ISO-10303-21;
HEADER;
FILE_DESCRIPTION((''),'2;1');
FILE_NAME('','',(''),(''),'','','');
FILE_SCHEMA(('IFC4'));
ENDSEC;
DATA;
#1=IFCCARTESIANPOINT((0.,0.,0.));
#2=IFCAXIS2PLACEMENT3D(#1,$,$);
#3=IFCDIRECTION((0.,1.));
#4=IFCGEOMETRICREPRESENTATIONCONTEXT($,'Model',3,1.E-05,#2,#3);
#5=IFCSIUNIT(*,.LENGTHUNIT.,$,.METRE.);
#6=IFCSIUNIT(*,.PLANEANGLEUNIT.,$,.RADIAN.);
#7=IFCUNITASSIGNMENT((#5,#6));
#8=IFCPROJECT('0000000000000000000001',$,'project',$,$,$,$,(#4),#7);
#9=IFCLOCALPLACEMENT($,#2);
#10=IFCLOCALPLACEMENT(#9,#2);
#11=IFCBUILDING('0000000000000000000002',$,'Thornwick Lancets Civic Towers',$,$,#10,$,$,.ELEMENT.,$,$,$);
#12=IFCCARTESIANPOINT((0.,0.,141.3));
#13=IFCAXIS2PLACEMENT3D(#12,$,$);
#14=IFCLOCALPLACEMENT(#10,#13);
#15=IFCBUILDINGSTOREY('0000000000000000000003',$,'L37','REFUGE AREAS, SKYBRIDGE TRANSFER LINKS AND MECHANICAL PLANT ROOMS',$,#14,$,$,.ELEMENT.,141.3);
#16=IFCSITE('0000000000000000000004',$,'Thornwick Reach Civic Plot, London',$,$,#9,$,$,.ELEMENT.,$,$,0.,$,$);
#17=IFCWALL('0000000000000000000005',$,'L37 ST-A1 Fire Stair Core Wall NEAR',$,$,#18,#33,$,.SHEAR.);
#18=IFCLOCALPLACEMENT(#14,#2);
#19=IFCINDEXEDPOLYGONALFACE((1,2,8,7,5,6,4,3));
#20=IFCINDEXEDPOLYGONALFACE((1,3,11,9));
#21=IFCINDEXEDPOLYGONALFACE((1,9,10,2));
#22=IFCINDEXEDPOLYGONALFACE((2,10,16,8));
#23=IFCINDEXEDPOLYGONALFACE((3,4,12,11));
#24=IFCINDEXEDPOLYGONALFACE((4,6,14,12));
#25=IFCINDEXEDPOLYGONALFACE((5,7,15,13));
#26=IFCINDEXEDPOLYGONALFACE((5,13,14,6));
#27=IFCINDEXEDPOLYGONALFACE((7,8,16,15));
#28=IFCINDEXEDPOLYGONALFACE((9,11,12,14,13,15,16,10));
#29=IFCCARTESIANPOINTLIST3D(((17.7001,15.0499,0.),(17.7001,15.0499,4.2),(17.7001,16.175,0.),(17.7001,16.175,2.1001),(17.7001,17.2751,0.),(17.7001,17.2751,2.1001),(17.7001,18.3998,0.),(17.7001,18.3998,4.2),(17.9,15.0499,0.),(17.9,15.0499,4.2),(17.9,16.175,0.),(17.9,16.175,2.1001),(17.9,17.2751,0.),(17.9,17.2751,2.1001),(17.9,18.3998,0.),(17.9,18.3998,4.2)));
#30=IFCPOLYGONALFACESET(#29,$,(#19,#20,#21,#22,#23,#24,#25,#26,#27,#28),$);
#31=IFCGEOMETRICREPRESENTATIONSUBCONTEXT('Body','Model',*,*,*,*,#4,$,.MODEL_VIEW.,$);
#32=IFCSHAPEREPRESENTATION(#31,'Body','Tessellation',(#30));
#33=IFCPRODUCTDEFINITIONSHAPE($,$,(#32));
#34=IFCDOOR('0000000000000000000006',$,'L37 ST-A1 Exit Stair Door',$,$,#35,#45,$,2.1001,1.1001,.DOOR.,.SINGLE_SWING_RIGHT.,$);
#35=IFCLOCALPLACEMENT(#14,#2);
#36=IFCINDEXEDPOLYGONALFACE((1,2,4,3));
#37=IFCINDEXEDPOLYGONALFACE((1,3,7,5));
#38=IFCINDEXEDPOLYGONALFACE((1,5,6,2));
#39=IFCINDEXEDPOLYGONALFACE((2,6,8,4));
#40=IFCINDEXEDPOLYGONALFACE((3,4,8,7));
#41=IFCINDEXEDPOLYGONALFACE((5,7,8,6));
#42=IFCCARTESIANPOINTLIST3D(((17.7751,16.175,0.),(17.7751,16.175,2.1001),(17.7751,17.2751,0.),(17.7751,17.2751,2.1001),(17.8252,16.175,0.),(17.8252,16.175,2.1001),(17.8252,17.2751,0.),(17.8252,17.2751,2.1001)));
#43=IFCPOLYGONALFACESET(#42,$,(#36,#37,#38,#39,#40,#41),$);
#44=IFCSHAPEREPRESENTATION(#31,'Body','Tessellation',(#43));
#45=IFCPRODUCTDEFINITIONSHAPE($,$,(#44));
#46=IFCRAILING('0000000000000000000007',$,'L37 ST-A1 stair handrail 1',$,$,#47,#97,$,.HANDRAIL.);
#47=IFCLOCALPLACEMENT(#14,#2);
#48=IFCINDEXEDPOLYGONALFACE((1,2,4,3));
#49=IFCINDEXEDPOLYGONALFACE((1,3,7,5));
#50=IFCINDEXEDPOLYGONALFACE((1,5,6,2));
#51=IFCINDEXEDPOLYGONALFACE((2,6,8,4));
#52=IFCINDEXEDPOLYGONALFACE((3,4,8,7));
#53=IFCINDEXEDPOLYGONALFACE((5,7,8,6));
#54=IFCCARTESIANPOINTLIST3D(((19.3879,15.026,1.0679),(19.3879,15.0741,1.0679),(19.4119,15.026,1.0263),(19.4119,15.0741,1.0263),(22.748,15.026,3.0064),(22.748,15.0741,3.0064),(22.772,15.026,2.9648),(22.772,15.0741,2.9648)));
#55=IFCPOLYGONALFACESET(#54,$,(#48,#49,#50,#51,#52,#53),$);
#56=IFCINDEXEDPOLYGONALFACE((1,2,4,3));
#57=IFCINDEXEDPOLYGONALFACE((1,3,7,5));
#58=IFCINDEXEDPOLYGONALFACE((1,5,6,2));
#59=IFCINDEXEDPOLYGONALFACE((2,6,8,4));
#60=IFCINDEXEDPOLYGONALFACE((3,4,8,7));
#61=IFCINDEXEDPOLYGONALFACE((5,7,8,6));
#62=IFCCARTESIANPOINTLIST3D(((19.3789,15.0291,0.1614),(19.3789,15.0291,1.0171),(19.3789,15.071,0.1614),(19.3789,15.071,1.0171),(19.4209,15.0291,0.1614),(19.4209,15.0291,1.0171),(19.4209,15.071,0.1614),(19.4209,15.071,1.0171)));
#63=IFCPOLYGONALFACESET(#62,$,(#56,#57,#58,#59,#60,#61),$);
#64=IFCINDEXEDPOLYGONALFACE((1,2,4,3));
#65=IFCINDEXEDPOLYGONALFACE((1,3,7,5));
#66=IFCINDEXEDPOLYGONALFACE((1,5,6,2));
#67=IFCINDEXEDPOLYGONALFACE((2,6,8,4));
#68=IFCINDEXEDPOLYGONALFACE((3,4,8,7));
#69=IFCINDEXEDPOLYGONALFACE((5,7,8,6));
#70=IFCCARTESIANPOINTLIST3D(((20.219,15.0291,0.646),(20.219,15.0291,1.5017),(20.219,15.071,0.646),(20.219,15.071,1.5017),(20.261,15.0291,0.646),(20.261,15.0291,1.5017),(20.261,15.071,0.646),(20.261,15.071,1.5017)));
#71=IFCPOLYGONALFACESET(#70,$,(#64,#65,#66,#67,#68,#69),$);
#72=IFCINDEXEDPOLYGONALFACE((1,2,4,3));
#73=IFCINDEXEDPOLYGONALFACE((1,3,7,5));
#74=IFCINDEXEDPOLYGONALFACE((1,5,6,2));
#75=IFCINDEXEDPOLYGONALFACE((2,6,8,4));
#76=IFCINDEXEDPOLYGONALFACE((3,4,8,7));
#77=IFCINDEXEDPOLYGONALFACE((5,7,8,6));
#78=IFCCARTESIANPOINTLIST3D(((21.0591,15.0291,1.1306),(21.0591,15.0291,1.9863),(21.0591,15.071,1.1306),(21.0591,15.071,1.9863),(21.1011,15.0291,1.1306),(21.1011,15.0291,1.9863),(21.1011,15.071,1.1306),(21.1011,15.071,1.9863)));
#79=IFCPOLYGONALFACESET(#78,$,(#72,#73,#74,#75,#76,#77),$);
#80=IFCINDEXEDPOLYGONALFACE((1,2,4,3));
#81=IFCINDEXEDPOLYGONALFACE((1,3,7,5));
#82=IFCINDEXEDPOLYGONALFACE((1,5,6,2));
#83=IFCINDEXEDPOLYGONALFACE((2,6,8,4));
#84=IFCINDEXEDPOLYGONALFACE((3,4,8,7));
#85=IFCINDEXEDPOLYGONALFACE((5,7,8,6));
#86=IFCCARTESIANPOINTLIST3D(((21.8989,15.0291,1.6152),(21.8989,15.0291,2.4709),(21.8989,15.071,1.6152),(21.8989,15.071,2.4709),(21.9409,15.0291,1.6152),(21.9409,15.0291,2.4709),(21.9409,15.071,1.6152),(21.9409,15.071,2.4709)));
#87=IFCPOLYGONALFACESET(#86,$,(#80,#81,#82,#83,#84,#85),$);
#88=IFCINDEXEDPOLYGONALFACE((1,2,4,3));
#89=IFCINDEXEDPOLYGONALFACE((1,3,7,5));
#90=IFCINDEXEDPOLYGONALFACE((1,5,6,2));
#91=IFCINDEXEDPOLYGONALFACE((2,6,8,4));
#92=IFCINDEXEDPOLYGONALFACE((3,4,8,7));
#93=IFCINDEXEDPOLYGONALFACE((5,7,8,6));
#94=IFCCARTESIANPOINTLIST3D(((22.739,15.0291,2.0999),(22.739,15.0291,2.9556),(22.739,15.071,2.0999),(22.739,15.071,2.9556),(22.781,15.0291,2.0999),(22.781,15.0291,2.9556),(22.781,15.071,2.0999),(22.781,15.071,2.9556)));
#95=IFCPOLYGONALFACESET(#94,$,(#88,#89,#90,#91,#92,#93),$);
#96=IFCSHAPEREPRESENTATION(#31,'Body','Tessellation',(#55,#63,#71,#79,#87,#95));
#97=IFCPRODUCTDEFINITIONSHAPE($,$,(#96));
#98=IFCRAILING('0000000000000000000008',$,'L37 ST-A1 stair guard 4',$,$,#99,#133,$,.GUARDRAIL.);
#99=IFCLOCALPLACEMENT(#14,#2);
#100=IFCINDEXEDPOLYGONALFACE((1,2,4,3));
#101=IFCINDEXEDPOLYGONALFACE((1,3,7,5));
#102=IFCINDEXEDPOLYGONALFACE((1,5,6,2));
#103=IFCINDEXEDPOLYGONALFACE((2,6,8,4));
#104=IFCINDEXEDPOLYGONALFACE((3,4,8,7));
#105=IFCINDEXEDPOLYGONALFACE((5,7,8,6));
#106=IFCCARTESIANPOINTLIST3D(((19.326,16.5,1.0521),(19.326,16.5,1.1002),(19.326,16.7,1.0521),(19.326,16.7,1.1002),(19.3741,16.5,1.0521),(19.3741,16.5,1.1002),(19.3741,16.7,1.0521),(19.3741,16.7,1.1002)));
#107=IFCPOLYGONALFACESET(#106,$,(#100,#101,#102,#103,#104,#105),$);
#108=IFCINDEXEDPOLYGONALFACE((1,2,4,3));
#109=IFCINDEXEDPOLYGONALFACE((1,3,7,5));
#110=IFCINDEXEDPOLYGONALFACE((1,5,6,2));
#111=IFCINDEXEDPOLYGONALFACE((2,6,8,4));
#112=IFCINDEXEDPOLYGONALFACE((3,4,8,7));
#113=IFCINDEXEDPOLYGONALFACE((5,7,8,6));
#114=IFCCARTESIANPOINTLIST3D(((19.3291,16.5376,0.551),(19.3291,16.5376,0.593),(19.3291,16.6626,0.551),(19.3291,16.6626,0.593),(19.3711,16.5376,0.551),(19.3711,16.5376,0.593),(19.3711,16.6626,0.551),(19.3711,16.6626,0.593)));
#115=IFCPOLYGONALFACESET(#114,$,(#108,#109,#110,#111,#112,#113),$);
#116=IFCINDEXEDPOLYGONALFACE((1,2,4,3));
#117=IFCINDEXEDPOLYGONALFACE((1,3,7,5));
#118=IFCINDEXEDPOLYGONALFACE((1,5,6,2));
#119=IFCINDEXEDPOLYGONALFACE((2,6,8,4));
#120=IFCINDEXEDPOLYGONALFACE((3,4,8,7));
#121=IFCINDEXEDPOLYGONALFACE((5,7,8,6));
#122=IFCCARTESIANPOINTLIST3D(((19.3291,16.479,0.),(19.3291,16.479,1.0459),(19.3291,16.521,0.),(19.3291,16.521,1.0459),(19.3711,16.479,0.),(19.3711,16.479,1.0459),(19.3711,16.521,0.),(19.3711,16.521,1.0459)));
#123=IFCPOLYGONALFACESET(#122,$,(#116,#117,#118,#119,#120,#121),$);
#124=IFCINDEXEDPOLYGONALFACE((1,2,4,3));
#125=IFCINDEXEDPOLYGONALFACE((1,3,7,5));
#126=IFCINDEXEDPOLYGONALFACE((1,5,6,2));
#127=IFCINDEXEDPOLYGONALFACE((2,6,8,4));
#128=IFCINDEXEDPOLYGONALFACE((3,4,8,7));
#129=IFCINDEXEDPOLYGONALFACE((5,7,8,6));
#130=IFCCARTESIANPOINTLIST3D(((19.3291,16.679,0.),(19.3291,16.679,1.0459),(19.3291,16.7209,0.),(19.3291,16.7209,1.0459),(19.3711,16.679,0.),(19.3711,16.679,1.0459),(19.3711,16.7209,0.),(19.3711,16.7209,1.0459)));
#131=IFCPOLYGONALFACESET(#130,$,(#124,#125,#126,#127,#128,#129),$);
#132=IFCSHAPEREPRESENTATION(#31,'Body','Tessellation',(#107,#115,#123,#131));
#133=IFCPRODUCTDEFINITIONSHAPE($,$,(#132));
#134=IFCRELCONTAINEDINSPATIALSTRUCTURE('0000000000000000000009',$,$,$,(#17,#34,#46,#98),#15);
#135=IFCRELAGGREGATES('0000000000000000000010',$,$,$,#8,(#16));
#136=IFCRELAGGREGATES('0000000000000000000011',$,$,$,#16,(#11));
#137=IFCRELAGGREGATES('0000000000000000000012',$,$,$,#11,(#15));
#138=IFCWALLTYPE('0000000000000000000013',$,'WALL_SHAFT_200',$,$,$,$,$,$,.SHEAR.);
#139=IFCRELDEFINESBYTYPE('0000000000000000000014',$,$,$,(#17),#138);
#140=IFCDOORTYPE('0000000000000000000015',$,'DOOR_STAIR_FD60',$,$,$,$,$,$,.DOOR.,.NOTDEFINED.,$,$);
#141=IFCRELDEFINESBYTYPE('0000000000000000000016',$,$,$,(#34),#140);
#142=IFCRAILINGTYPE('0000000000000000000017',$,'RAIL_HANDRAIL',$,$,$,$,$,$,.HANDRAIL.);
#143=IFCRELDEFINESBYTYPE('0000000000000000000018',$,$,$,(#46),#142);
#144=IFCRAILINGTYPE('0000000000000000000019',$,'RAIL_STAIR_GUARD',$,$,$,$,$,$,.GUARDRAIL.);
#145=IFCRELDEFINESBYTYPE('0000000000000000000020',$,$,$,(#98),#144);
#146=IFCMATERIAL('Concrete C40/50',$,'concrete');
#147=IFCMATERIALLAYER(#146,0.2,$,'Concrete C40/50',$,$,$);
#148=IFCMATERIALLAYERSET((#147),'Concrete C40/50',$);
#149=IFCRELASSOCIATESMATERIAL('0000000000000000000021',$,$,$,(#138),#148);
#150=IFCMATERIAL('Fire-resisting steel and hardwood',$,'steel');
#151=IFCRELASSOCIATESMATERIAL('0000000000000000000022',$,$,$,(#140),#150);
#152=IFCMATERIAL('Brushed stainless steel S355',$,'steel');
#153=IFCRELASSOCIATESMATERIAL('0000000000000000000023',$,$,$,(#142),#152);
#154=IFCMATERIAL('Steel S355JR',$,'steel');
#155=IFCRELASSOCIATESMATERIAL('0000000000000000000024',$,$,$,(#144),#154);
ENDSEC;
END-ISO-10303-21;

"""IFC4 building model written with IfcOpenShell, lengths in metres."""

from ifc_helpers import new_model, si_unit, direction, frame, frame_2d, origin, origin_2d, place, context, subcontext, project, spatial, rectangle, extrude, material, layer, layer_set, type_object, element, fill, save


model = new_model("IFC4")

# Units and contexts
model_context = context("Model", 3, precision=1e-05, world=origin(), true_north=direction((0.0, 1.0)))
body_context = subcontext(model_context, "Body", "Model", "MODEL_VIEW")
ifc_project = project(units=[si_unit("LENGTHUNIT", "METRE"), si_unit("PLANEANGLEUNIT", "RADIAN")], contexts=[model_context])

# Site, building, storey
site_placement = place(None, origin())
site = spatial("IfcSite", under=ifc_project, at=site_placement, Name="Thornwick Reach Civic Plot, London", CompositionType="ELEMENT", RefElevation=0.0)
building_placement = place(site_placement, origin())
building = spatial("IfcBuilding", under=site, at=building_placement, Name="Thornwick Lancets Civic Towers", CompositionType="ELEMENT")
storey_placement = place(building_placement, frame((0.0, 0.0, 141.3)))
storey = spatial("IfcBuildingStorey", under=building, at=storey_placement, Name="L37", Description="REFUGE AREAS, SKYBRIDGE TRANSFER LINKS AND MECHANICAL PLANT ROOMS", CompositionType="ELEMENT", Elevation=141.3)

# Shared definitions
ifc_material_1 = material(Name="Steel S355JR", Category="steel")

# Wall, opening, door
ifc_material_2 = material(Name="Concrete C40/50", Category="concrete")
ifc_layer_1 = layer(ifc_material_2, 0.2, Name="Concrete C40/50")
ifc_layer_set_1 = layer_set([ifc_layer_1], Name="Concrete C40/50")
wall_type_1 = type_object("IfcWallType", Name="WALL_SHAFT_200", PredefinedType="SHEAR", material=ifc_layer_set_1)
wall_1_placement = place(storey_placement, frame((17.8, 15.05, 0.0), z_axis=(0.0, 0.0, 1.0), x_axis=(0.0, 1.0, 0.0)))
wall_1 = element("IfcWall", 1, at=wall_1_placement, inside=storey, type_object=wall_type_1, Name="L37 ST-A1 Fire Stair Core Wall NEAR", PredefinedType="SHEAR", context=body_context, shape_type="SweptSolid", body=[
    extrude(rectangle(XDim=3.3499, YDim=0.2, at=frame_2d((1.6748, 0.0))), origin(), (0.0, 0.0, 1.0), 4.2),
])
opening_1_placement = place(wall_1_placement, frame((1.125, 0.0, 0.0)))
opening_1 = element("IfcOpeningElement", 2, at=opening_1_placement, cuts=wall_1, PredefinedType="OPENING", context=body_context, shape_type="SweptSolid", body=[
    extrude(rectangle(XDim=1.1001, YDim=2.1001, at=frame_2d((0.55, 1.05))), frame((0.0, 0.1099, 0.0), z_axis=(0.0, -1.0, 0.0), x_axis=(1.0, 0.0, 0.0)), (0.0, 0.0, 1.0), 0.22),
])
ifc_material_3 = material(Name="Fire-resisting steel and hardwood", Category="steel")
door_type_1 = type_object("IfcDoorType", Name="DOOR_STAIR_FD60", OperationType="NOTDEFINED", PredefinedType="DOOR", material=ifc_material_3)
door_1_placement = place(opening_1_placement, origin())
door_1 = element("IfcDoor", 3, at=door_1_placement, inside=storey, type_object=door_type_1, Name="L37 ST-A1 Exit Stair Door", OperationType="SINGLE_SWING_RIGHT", OverallHeight=2.1001, OverallWidth=1.1001, PredefinedType="DOOR", context=body_context, shape_type="SweptSolid", body=[
    extrude(rectangle(XDim=1.1001, YDim=2.1001, at=frame_2d((0.55, 1.05))), frame((0.0, 0.0249, 0.0), z_axis=(0.0, -1.0, 0.0), x_axis=(1.0, 0.0, 0.0)), (0.0, 0.0, 1.0), 0.05),
])
fill(opening_1, door_1)

# Railings
ifc_material_4 = material(Name="Brushed stainless steel S355", Category="steel")
railing_type_1 = type_object("IfcRailingType", Name="RAIL_HANDRAIL", PredefinedType="HANDRAIL", material=ifc_material_4)
railing_1_placement = place(storey_placement, frame((19.3999, 15.05, 0.1614)))
element("IfcRailing", 4, at=railing_1_placement, inside=storey, type_object=railing_type_1, Name="L37 ST-A1 stair handrail 1", PredefinedType="HANDRAIL", context=body_context, shape_type="SweptSolid", body=[
    extrude(rectangle(XDim=0.0481, YDim=0.0481, at=origin_2d()), frame((0.0, 0.0, 0.8857), z_axis=(0.866191, 0.0, 0.499713), x_axis=(0.0, 1.0, 0.0)), (0.0, 0.0, 1.0), 3.8792),
    extrude(rectangle(XDim=0.042, YDim=0.042, at=origin_2d()), origin(), (0.0, 0.0, 1.0), 0.8557),
    extrude(rectangle(XDim=0.042, YDim=0.042, at=origin_2d()), frame((0.8401, 0.0, 0.4846)), (0.0, 0.0, 1.0), 0.8557),
    extrude(rectangle(XDim=0.042, YDim=0.042, at=origin_2d()), frame((1.6802, 0.0, 0.9692)), (0.0, 0.0, 1.0), 0.8557),
    extrude(rectangle(XDim=0.042, YDim=0.042, at=origin_2d()), frame((2.52, 0.0, 1.4539)), (0.0, 0.0, 1.0), 0.8557),
    extrude(rectangle(XDim=0.042, YDim=0.042, at=origin_2d()), frame((3.3601, 0.0, 1.9385)), (0.0, 0.0, 1.0), 0.8557),
])
railing_type_2 = type_object("IfcRailingType", Name="RAIL_STAIR_GUARD", PredefinedType="GUARDRAIL", material=ifc_material_1)
railing_2_placement = place(storey_placement, frame((19.3501, 16.5, 0.0)))
element("IfcRailing", 5, at=railing_2_placement, inside=storey, type_object=railing_type_2, Name="L37 ST-A1 stair guard 4", PredefinedType="GUARDRAIL", context=body_context, shape_type="SweptSolid", body=[
    extrude(rectangle(XDim=0.0481, YDim=0.0481, at=origin_2d()), frame((0.0, 0.0, 1.0762), z_axis=(0.0, 1.0, 0.0), x_axis=(-1.0, 0.0, 0.0)), (0.0, 0.0, 1.0), 0.2),
    extrude(rectangle(XDim=0.042, YDim=0.042, at=origin_2d()), frame((0.0, 0.0376, 0.572), z_axis=(0.0, 1.0, 0.0), x_axis=(-1.0, 0.0, 0.0)), (0.0, 0.0, 1.0), 0.125),
    extrude(rectangle(XDim=0.042, YDim=0.042, at=origin_2d()), origin(), (0.0, 0.0, 1.0), 1.0459),
    extrude(rectangle(XDim=0.042, YDim=0.042, at=origin_2d()), frame((0.0, 0.2, 0.0)), (0.0, 0.0, 1.0), 1.0459),
])

save(model, "model.ifc")
